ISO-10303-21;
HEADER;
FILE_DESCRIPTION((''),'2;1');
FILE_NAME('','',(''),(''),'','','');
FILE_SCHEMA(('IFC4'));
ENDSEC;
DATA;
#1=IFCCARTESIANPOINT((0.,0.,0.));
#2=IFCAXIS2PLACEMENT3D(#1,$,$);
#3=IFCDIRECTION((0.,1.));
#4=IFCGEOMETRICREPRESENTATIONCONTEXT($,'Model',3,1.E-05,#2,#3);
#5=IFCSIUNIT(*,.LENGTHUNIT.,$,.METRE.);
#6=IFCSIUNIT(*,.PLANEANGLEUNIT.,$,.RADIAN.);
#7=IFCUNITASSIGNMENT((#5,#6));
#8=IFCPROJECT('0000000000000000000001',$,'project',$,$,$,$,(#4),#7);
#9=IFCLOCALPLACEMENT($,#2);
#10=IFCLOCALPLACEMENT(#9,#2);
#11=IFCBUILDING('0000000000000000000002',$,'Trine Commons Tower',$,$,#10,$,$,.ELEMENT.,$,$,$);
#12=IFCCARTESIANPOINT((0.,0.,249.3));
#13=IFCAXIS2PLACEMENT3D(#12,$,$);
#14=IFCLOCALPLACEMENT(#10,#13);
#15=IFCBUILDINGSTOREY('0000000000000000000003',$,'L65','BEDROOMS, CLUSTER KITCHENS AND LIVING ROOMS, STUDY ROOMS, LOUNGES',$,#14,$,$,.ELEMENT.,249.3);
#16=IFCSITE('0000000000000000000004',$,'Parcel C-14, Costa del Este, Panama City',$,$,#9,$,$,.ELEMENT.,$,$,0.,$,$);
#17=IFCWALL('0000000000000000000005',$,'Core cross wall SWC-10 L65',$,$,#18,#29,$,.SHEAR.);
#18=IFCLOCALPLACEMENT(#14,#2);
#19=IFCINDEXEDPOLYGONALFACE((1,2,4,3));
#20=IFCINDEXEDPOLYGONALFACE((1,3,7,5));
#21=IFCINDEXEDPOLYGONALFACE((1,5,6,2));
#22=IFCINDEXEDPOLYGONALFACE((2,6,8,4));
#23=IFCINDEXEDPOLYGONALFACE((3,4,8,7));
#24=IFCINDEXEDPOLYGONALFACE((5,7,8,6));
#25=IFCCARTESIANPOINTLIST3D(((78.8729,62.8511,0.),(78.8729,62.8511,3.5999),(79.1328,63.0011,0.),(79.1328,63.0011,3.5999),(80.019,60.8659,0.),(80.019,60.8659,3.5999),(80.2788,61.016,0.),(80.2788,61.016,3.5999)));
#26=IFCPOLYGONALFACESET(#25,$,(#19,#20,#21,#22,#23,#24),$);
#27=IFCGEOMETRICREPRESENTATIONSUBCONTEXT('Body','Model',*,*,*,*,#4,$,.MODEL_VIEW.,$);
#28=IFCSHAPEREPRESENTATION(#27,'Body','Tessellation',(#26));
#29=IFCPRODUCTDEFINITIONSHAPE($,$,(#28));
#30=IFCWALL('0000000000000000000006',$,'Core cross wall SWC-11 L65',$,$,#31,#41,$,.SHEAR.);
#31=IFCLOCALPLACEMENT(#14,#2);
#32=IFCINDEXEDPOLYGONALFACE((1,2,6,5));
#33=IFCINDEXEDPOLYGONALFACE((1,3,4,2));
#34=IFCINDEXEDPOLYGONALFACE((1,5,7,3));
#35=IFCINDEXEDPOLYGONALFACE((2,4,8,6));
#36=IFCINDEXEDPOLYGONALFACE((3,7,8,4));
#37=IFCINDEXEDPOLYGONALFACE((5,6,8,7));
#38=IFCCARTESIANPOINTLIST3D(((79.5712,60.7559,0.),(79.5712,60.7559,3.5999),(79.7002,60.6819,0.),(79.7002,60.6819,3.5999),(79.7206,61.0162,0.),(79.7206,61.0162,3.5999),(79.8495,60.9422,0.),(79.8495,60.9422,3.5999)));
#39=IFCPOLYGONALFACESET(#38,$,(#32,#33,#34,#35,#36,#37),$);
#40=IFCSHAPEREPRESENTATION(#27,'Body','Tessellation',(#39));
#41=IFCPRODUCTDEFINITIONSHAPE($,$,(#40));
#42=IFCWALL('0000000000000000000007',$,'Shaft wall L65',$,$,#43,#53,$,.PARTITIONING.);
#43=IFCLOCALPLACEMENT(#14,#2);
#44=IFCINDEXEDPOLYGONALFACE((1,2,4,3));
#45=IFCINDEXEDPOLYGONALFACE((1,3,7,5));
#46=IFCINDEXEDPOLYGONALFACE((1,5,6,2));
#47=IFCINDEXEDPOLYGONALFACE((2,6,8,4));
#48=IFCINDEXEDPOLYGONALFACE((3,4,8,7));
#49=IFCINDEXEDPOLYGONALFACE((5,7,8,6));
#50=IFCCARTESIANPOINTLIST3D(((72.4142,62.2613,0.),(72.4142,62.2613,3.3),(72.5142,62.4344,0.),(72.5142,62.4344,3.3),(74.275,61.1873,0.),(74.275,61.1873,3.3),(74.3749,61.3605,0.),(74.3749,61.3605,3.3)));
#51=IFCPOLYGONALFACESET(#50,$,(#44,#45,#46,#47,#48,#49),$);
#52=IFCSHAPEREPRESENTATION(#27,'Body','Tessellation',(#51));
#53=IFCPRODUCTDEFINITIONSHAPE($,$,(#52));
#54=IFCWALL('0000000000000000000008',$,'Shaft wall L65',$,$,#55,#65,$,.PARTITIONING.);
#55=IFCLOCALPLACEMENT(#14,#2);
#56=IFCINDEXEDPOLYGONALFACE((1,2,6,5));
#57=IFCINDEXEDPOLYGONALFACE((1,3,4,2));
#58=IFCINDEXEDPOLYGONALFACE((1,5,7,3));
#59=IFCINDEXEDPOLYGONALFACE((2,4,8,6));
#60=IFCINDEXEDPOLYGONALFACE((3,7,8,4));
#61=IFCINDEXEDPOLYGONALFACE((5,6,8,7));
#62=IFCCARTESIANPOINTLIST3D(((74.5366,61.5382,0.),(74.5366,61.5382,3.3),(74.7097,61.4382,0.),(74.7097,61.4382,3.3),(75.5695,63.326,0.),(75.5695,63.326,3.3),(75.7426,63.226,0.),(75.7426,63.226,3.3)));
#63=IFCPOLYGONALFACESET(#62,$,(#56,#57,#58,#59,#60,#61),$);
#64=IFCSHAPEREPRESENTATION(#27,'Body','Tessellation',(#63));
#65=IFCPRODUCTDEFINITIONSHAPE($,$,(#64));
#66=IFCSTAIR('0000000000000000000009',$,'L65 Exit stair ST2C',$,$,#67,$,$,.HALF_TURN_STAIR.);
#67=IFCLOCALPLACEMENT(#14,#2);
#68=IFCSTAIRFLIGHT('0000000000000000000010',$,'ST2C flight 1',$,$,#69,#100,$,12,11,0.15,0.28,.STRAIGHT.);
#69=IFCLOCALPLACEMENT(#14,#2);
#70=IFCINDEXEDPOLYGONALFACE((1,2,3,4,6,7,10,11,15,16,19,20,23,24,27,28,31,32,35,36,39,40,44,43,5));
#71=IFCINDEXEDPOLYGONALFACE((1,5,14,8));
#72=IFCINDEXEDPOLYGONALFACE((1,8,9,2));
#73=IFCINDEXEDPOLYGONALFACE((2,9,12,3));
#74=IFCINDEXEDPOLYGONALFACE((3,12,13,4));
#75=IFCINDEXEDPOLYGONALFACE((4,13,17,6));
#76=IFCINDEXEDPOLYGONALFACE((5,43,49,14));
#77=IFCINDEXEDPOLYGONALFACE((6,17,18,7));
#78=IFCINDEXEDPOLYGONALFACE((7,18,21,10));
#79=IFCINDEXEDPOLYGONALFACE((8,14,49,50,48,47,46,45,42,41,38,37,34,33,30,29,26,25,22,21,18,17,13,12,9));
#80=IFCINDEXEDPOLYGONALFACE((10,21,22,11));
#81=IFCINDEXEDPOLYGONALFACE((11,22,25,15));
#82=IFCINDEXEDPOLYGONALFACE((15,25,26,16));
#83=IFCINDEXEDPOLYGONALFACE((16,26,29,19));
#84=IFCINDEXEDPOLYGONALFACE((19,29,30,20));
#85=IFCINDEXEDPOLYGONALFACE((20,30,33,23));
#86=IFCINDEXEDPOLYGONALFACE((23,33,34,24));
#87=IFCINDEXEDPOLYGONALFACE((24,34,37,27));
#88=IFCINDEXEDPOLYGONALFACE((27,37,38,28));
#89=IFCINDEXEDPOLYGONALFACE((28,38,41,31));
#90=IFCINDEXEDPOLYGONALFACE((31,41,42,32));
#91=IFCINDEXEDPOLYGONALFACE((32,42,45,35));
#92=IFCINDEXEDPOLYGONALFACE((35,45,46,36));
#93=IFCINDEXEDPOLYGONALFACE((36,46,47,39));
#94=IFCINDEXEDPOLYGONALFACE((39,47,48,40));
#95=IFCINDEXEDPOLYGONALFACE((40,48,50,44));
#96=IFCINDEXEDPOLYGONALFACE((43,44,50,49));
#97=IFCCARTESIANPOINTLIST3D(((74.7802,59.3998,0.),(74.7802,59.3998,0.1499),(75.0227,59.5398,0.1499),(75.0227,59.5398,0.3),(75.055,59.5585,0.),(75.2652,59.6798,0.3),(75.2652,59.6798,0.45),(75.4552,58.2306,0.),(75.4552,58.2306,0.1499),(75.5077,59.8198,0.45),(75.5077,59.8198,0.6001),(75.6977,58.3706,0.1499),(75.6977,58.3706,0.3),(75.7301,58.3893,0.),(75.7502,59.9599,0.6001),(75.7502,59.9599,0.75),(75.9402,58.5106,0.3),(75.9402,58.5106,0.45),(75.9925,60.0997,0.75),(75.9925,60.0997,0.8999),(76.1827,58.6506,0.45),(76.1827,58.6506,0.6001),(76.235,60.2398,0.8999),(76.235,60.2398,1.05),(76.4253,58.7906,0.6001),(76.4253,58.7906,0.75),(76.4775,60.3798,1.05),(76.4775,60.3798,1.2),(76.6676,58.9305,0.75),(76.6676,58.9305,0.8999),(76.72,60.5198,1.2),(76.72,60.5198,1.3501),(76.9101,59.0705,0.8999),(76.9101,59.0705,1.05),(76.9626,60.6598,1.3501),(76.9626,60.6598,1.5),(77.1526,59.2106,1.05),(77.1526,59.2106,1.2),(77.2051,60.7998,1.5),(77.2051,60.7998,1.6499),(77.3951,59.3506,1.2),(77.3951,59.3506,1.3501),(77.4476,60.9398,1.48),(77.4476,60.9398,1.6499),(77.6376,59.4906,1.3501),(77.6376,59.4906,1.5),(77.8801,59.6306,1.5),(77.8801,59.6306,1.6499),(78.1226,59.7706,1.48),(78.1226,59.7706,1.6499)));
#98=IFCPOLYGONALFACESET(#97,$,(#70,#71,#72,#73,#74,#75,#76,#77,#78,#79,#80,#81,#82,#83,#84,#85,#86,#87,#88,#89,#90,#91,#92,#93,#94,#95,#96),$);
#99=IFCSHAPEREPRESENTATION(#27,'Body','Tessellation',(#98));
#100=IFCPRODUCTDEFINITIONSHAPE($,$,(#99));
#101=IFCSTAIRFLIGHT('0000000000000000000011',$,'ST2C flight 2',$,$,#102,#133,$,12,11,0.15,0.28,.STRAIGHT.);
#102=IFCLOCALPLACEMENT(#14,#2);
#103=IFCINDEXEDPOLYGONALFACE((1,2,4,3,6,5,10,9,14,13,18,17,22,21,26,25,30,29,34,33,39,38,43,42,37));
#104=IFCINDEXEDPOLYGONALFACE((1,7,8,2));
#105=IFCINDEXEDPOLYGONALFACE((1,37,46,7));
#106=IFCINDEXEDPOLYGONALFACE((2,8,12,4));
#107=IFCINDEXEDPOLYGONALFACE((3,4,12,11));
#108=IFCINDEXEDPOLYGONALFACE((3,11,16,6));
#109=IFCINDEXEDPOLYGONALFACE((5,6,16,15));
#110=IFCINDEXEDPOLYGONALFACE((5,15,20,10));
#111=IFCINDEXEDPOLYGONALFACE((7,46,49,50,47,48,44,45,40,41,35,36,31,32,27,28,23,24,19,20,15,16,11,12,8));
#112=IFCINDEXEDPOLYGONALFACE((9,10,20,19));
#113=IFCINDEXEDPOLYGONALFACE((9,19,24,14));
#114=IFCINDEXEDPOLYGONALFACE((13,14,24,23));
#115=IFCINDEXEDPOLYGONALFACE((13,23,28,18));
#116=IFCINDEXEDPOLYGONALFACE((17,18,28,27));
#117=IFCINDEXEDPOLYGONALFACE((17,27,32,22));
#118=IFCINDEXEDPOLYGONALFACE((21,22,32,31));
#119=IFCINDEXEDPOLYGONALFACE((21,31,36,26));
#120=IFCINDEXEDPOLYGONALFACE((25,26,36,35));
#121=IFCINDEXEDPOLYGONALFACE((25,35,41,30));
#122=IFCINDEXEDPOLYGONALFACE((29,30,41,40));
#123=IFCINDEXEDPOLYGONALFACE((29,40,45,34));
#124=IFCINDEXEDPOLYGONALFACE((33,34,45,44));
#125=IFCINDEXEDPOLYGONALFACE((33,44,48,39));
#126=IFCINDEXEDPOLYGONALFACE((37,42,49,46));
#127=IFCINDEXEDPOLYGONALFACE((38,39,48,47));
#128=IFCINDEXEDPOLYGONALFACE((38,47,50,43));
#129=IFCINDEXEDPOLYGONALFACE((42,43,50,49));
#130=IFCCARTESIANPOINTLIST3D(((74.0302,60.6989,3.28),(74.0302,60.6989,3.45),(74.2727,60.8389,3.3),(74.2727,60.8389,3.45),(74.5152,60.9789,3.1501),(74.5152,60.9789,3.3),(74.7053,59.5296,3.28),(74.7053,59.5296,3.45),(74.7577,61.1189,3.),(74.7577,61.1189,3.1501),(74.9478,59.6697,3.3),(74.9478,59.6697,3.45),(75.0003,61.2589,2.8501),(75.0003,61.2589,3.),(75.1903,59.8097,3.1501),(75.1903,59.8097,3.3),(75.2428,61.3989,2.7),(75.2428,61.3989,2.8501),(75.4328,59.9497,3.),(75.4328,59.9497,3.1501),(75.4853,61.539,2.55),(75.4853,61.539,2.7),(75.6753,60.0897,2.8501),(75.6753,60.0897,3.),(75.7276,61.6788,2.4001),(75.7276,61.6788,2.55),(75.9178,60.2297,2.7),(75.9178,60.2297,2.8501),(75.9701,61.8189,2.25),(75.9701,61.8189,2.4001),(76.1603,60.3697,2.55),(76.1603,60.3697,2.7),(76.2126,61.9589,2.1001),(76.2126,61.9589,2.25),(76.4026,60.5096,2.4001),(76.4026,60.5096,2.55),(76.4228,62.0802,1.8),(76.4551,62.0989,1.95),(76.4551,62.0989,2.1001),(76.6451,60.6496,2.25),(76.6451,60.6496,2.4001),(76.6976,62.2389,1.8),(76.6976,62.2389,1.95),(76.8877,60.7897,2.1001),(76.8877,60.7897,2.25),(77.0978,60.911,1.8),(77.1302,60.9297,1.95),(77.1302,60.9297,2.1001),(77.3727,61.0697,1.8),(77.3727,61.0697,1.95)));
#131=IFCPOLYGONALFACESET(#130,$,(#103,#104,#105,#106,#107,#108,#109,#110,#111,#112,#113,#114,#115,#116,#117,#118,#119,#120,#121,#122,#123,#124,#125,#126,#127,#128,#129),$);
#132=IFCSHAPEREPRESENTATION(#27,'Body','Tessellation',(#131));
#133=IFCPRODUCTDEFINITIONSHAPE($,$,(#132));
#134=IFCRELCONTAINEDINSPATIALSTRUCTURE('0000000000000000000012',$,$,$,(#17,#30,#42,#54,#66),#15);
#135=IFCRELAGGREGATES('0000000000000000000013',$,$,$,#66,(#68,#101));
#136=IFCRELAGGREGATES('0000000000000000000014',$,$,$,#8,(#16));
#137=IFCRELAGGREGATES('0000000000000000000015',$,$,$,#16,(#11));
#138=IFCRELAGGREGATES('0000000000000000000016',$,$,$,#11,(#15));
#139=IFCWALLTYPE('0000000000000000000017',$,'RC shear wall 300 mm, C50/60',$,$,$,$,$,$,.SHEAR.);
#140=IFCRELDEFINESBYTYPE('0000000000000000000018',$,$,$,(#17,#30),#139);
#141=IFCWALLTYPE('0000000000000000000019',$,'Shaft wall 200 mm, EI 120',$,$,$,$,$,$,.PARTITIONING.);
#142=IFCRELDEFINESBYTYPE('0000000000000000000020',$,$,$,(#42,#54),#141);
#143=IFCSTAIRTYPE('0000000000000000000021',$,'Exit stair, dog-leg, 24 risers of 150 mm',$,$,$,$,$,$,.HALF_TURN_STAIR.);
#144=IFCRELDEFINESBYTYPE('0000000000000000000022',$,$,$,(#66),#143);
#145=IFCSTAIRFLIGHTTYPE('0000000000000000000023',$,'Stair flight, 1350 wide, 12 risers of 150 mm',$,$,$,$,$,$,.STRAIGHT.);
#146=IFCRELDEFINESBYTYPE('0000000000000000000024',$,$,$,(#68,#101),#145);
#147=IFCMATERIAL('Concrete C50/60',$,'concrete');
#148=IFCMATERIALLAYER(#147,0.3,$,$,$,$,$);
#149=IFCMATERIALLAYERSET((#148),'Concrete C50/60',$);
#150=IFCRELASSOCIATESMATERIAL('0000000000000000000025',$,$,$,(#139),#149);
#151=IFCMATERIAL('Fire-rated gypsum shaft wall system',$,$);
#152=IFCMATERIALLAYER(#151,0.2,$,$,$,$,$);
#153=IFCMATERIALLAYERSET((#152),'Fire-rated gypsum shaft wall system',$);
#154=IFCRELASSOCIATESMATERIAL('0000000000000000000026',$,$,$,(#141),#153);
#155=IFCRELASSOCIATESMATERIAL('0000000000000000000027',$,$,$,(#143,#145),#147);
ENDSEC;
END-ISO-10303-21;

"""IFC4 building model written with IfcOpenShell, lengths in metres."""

from ifc_helpers import new_model, si_unit, direction, frame, frame_2d, origin, place, context, subcontext, project, spatial, polyline, rectangle, outline, extrude, material, layer, layer_set, type_object, element, aggregate, save


model = new_model("IFC4")

# Units and contexts
model_context = context("Model", 3, precision=1e-05, world=origin(), true_north=direction((0.0, 1.0)))
body_context = subcontext(model_context, "Body", "Model", "MODEL_VIEW")
ifc_project = project(units=[si_unit("LENGTHUNIT", "METRE"), si_unit("PLANEANGLEUNIT", "RADIAN")], contexts=[model_context])

# Site, building, storey
site_placement = place(None, origin())
site = spatial("IfcSite", under=ifc_project, at=site_placement, Name="Parcel C-14, Costa del Este, Panama City", CompositionType="ELEMENT", RefElevation=0.0)
building_placement = place(site_placement, origin())
building = spatial("IfcBuilding", under=site, at=building_placement, Name="Trine Commons Tower", CompositionType="ELEMENT")
storey_placement = place(building_placement, frame((0.0, 0.0, 249.3)))
storey = spatial("IfcBuildingStorey", under=building, at=storey_placement, Name="L65", Description="BEDROOMS, CLUSTER KITCHENS AND LIVING ROOMS, STUDY ROOMS, LOUNGES", CompositionType="ELEMENT", Elevation=249.3)

# Shared definitions
ifc_material_1 = material(Name="Fire-rated gypsum shaft wall system")
ifc_material_2 = material(Name="Concrete C50/60", Category="concrete")
ifc_layer_1 = layer(ifc_material_2, 0.3)
ifc_layer_set_1 = layer_set([ifc_layer_1], Name="Concrete C50/60")
wall_type_1 = type_object("IfcWallType", Name="RC shear wall 300 mm, C50/60", PredefinedType="SHEAR", material=ifc_layer_set_1)

# Walls
wall_1_placement = place(storey_placement, frame((79.0029, 62.926, 0.0), z_axis=(0.0, 0.0, 1.0), x_axis=(0.499965, -0.866045, 0.0)))
element("IfcWall", 1, at=wall_1_placement, inside=storey, type_object=wall_type_1, Name="Core cross wall SWC-10 L65", PredefinedType="SHEAR", context=body_context, shape_type="SweptSolid", body=[
    extrude(rectangle(XDim=2.2922, YDim=0.3, at=frame_2d((1.146, 0.0))), origin(), (0.0, 0.0, 1.0), 3.5999),
])
wall_2_placement = place(storey_placement, frame((79.646, 60.886, 0.0), z_axis=(0.0, 0.0, 1.0), x_axis=(0.867332, -0.49773, 0.0)))
element("IfcWall", 2, at=wall_2_placement, inside=storey, type_object=wall_type_1, Name="Core cross wall SWC-11 L65", PredefinedType="SHEAR", context=body_context, shape_type="SweptSolid", body=[
    extrude(rectangle(XDim=0.1487, YDim=0.3, at=frame_2d((0.0742, 0.0))), origin(), (0.0, 0.0, 1.0), 3.5999),
])
ifc_layer_2 = layer(ifc_material_1, 0.2)
ifc_layer_set_2 = layer_set([ifc_layer_2], Name="Fire-rated gypsum shaft wall system")
wall_type_2 = type_object("IfcWallType", Name="Shaft wall 200 mm, EI 120", PredefinedType="PARTITIONING", material=ifc_layer_set_2)
wall_3_placement = place(storey_placement, frame((74.325, 61.2739, 0.0), z_axis=(0.0, 0.0, 1.0), x_axis=(-0.866102, 0.499867, 0.0)))
element("IfcWall", 3, at=wall_3_placement, inside=storey, type_object=wall_type_2, Name="Shaft wall L65", PredefinedType="PARTITIONING", context=body_context, shape_type="SweptSolid", body=[
    extrude(rectangle(XDim=2.1484, YDim=0.2, at=frame_2d((1.0742, 0.0))), origin(), (0.0, 0.0, 1.0), 3.3),
])
wall_4_placement = place(storey_placement, frame((75.656, 63.2759, 0.0), z_axis=(0.0, 0.0, 1.0), x_axis=(-0.500272, -0.865868, 0.0)))
element("IfcWall", 4, at=wall_4_placement, inside=storey, type_object=wall_type_2, Name="Shaft wall L65", PredefinedType="PARTITIONING", context=body_context, shape_type="SweptSolid", body=[
    extrude(rectangle(XDim=2.0647, YDim=0.2, at=frame_2d((1.0322, 0.0))), origin(), (0.0, 0.0, 1.0), 3.3),
])

# Stair, stair flights
stair_type = type_object("IfcStairType", Name="Exit stair, dog-leg, 24 risers of 150 mm", PredefinedType="HALF_TURN_STAIR", material=ifc_material_2)
stair_placement = place(storey_placement, origin())
stair = element("IfcStair", 5, at=stair_placement, inside=storey, type_object=stair_type, Name="L65 Exit stair ST2C", PredefinedType="HALF_TURN_STAIR")
stair_flight_type = type_object("IfcStairFlightType", Name="Stair flight, 1350 wide, 12 risers of 150 mm", PredefinedType="STRAIGHT", material=ifc_material_2)
stair_flight_1_placement = place(storey_placement, frame((75.1177, 58.8152, 0.0), z_axis=(0.0, 0.0, 1.0), x_axis=(0.866025, 0.5, 0.0)))
stair_flight_1 = element("IfcStairFlight", 6, at=stair_flight_1_placement, type_object=stair_flight_type, Name="ST2C flight 1", NumberOfRisers=12, NumberOfTreads=11, PredefinedType="STRAIGHT", RiserHeight=0.15, TreadLength=0.28, context=body_context, shape_type="SweptSolid", body=[
    extrude(outline(polyline([(0.0, 0.0), (0.0, 0.1499), (0.28, 0.1499), (0.28, 0.3), (0.5601, 0.3), (0.5601, 0.45), (0.8401, 0.45), (0.8401, 0.6001), (1.1201, 0.6001), (1.1201, 0.75), (1.3999, 0.75), (1.3999, 0.8999), (1.6799, 0.8999), (1.6799, 1.05), (1.96, 1.05), (1.96, 1.2), (2.24, 1.2), (2.24, 1.3501), (2.52, 1.3501), (2.52, 1.5), (2.8, 1.5), (2.8, 1.6499), (3.0801, 1.6499), (3.0801, 1.8), (3.0801, 1.48), (0.3174, 0.0), (0.0, 0.0)])), frame((0.0, 0.675, 0.0), z_axis=(0.0, -1.0, 0.0), x_axis=(1.0, 0.0, 0.0)), (0.0, 0.0, 1.0), 1.3501),
])
stair_flight_2_placement = place(storey_placement, frame((77.0352, 61.6543, 1.8), z_axis=(0.0, 0.0, 1.0), x_axis=(-0.866025, -0.5, 0.0)))
stair_flight_2 = element("IfcStairFlight", 7, at=stair_flight_2_placement, type_object=stair_flight_type, Name="ST2C flight 2", NumberOfRisers=12, NumberOfTreads=11, PredefinedType="STRAIGHT", RiserHeight=0.15, TreadLength=0.28, context=body_context, shape_type="SweptSolid", body=[
    extrude(outline(polyline([(0.0, 0.0), (0.0, 0.1499), (0.28, 0.1499), (0.28, 0.3), (0.5601, 0.3), (0.5601, 0.45), (0.8401, 0.45), (0.8401, 0.6001), (1.1201, 0.6001), (1.1201, 0.75), (1.3999, 0.75), (1.3999, 0.8999), (1.6799, 0.8999), (1.6799, 1.05), (1.96, 1.05), (1.96, 1.2), (2.24, 1.2), (2.24, 1.3501), (2.52, 1.3501), (2.52, 1.5), (2.8, 1.5), (2.8, 1.6499), (3.0801, 1.6499), (3.0801, 1.8), (3.0801, 1.48), (0.3174, 0.0), (0.0, 0.0)])), frame((0.0, 0.675, 0.0), z_axis=(0.0, -1.0, 0.0), x_axis=(1.0, 0.0, 0.0)), (0.0, 0.0, 1.0), 1.3501),
])
aggregate(stair, [stair_flight_1, stair_flight_2])

save(model, "model.ifc")
